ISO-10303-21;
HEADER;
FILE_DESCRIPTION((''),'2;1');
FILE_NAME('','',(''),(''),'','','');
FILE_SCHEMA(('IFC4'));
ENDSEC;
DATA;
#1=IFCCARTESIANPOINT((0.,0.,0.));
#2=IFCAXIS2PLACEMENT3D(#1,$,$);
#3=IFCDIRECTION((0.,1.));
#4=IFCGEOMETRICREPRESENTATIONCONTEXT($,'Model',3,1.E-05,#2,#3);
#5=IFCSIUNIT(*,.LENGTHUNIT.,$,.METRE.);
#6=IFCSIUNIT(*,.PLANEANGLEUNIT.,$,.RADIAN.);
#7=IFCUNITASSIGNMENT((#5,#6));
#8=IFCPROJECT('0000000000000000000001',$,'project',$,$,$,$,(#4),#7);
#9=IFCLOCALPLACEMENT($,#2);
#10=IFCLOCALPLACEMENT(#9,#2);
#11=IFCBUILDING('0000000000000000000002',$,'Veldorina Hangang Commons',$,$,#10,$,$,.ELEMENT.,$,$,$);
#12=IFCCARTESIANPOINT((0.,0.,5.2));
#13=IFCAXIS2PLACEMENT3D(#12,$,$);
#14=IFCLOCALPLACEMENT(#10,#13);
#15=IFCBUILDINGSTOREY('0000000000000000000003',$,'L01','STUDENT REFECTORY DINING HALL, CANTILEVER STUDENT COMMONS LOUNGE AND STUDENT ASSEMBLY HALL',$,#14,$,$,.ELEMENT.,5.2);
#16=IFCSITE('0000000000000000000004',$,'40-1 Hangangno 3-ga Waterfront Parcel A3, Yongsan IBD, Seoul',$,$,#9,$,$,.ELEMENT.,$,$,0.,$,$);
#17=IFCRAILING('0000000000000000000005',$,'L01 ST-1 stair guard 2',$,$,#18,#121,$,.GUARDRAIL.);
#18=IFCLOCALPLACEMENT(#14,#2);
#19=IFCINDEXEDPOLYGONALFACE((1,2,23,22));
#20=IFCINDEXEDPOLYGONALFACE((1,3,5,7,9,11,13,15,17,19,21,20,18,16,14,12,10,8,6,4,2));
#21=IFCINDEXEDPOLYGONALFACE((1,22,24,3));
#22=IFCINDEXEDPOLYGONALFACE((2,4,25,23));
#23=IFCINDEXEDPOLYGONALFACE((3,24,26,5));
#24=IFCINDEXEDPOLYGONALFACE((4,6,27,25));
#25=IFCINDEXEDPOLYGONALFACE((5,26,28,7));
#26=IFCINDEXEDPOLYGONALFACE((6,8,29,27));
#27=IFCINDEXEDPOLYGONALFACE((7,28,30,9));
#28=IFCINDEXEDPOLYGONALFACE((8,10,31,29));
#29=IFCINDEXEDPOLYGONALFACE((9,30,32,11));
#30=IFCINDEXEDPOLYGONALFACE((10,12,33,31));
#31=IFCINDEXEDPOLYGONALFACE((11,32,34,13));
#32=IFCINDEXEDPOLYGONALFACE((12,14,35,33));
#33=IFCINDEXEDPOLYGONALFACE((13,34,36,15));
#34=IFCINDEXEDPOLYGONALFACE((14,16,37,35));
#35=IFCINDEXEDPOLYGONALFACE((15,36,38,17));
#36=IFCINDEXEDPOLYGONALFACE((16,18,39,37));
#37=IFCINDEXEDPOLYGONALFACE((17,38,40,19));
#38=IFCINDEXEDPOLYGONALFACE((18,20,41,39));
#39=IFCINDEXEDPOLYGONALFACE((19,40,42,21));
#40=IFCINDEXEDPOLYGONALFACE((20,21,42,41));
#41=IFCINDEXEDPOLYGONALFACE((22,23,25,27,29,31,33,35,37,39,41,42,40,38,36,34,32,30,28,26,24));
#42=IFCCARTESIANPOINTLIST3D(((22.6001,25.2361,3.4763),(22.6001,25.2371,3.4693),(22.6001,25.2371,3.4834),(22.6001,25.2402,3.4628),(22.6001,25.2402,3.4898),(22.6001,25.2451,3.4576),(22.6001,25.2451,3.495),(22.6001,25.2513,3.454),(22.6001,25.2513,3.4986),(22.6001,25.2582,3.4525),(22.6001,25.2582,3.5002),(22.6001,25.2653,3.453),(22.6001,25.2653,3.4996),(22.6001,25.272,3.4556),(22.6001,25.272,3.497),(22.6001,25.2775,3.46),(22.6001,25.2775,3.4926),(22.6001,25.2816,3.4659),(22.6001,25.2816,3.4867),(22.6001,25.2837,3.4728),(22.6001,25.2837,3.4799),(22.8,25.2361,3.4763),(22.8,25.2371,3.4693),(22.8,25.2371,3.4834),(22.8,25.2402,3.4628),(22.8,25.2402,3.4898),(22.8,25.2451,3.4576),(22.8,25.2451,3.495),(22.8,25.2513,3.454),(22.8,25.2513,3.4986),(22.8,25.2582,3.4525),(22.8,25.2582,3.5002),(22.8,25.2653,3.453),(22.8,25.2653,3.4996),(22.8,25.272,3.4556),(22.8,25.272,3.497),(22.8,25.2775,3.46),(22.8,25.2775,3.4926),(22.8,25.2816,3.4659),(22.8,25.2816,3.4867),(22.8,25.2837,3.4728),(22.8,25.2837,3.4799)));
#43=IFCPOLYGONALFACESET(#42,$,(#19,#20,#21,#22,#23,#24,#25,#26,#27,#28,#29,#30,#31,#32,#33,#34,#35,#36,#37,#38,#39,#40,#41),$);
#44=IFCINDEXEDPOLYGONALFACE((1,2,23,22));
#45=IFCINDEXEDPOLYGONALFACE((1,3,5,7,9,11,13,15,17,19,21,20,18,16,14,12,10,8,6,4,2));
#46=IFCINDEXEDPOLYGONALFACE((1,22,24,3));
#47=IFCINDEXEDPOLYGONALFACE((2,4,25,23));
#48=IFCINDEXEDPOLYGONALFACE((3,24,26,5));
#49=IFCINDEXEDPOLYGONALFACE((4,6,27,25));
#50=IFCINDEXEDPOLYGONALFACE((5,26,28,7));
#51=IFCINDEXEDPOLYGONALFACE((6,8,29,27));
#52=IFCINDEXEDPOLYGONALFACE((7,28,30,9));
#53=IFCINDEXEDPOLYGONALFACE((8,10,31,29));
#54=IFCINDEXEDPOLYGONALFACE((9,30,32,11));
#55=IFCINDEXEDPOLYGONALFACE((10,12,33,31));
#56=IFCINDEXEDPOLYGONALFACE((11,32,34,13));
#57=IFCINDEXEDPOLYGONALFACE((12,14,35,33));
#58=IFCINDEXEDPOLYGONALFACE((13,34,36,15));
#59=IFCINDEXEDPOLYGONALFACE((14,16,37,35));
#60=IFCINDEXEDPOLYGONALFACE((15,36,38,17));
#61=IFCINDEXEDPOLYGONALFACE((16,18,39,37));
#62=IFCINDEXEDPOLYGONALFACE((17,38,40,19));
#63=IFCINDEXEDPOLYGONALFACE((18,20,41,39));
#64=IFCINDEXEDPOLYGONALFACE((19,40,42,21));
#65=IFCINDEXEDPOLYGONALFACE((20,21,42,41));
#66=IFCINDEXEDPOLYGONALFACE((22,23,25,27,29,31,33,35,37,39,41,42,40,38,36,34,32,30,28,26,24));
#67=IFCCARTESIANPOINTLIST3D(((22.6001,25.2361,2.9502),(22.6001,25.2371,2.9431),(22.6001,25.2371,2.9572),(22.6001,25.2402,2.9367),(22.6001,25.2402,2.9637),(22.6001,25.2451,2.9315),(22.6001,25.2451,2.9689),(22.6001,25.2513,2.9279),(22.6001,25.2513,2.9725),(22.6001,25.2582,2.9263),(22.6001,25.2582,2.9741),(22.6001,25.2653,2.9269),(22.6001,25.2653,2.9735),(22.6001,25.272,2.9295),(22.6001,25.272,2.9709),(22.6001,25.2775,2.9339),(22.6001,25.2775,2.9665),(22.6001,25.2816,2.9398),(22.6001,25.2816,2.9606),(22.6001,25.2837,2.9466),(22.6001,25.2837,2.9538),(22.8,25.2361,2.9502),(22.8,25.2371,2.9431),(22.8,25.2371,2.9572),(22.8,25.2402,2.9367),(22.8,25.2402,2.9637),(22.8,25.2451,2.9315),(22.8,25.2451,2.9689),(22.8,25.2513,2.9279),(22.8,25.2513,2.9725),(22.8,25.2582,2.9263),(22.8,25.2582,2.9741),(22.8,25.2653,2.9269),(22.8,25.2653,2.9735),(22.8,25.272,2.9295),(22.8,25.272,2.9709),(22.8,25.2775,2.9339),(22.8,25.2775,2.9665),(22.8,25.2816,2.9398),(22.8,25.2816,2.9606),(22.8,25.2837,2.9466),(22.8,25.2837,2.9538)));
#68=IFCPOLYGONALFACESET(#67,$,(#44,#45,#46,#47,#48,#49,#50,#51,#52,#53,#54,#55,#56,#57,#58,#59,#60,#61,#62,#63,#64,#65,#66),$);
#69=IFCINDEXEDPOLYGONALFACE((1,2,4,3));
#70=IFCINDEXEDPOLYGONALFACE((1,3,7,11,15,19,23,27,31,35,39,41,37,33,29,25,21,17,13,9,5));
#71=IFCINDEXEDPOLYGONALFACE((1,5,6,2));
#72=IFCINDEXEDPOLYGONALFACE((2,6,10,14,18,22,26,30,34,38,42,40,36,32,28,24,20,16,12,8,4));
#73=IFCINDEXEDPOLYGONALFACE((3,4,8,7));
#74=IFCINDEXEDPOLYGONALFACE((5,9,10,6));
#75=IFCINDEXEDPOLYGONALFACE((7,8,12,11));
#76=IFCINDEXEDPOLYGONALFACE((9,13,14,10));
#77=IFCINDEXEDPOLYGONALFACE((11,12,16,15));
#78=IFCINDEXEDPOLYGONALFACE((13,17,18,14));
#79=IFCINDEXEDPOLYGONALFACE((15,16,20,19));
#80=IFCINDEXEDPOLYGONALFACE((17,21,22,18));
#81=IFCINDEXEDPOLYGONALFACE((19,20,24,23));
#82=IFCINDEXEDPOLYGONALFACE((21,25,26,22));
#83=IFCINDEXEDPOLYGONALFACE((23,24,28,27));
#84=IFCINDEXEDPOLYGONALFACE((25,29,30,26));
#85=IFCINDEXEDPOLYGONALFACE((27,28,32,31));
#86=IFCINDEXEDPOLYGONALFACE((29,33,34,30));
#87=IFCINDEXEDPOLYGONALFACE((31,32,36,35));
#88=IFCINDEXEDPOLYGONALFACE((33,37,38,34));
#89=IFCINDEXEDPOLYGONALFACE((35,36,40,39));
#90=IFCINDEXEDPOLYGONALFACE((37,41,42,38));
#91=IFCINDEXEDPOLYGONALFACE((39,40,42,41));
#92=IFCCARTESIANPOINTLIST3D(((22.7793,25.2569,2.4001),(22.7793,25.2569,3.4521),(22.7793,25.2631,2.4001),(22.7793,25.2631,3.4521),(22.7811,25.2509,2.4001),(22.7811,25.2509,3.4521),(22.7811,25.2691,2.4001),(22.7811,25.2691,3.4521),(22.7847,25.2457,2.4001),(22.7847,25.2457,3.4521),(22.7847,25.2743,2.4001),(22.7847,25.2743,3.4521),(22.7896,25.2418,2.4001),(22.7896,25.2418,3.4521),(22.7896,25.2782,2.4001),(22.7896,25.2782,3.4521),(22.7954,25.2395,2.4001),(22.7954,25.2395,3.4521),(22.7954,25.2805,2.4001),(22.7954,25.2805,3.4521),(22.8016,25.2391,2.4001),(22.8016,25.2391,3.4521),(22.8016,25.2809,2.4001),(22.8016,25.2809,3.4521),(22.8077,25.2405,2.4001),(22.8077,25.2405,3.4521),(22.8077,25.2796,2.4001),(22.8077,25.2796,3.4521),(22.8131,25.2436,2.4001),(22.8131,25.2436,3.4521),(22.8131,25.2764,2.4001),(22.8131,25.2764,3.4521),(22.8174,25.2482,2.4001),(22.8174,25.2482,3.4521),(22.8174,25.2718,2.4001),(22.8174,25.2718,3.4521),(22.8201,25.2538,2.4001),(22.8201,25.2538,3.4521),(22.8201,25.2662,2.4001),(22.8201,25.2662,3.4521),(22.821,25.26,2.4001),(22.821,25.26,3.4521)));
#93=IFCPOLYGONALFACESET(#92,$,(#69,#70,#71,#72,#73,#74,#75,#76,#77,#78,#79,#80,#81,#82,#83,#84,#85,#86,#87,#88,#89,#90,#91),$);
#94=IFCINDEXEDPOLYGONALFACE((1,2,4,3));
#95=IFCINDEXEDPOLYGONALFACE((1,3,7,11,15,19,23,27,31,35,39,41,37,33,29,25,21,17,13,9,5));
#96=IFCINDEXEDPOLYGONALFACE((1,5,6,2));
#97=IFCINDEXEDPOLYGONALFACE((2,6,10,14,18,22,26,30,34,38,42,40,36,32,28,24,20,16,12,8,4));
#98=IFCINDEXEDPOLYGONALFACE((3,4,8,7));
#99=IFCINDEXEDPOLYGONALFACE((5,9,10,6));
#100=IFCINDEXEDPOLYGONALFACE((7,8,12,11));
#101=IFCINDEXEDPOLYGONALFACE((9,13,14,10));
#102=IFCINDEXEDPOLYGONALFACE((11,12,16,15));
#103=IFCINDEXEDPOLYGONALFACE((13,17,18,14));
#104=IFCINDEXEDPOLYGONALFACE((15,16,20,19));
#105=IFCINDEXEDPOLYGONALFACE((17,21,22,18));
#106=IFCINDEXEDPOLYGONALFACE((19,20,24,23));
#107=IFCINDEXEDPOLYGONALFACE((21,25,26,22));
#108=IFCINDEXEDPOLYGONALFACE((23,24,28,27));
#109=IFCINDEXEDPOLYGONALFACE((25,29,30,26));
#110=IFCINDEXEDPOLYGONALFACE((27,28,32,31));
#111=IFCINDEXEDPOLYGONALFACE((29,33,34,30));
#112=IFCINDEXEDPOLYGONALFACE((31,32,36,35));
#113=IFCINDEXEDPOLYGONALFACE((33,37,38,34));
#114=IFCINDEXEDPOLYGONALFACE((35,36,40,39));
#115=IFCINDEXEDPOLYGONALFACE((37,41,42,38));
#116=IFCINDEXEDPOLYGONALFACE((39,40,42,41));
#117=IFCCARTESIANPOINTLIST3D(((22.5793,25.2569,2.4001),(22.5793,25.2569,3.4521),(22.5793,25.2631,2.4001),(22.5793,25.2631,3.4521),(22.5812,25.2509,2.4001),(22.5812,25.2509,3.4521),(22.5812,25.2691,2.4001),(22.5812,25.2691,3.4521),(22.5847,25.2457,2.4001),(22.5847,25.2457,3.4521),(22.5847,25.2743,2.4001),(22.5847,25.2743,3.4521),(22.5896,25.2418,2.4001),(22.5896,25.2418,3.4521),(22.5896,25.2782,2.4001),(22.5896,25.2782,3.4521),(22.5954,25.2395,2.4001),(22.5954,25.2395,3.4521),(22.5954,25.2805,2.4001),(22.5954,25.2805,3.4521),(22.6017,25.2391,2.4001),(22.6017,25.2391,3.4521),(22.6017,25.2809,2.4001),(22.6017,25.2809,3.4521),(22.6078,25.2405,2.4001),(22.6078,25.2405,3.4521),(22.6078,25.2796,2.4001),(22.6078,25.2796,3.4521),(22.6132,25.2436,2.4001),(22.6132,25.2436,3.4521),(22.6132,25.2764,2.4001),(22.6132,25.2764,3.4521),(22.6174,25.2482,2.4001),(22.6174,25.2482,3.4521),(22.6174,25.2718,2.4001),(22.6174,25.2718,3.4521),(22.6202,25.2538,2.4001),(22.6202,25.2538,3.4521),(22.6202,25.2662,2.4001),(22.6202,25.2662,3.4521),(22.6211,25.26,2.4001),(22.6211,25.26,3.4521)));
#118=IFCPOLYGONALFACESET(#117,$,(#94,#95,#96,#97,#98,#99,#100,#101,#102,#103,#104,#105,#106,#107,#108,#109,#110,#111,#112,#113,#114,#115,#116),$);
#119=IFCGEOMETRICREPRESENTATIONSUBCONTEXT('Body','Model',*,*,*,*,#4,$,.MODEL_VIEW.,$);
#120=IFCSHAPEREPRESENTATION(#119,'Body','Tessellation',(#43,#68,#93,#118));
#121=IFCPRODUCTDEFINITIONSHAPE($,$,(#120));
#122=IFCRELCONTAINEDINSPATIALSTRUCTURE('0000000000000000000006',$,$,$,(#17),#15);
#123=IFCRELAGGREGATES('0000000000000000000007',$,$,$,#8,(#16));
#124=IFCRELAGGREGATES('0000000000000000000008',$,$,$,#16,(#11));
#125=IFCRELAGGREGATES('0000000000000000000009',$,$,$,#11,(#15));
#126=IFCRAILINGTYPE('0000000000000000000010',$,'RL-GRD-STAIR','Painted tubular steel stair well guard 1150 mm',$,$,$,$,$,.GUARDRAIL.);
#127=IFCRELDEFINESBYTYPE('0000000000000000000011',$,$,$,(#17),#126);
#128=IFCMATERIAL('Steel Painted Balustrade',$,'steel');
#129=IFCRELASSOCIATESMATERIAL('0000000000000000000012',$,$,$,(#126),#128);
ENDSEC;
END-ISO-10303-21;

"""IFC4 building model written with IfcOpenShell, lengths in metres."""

from ifc_helpers import new_model, si_unit, direction, frame, origin, origin_2d, place, context, subcontext, project, spatial, circle, extrude, material, type_object, element, save


model = new_model("IFC4")

# Units and contexts
model_context = context("Model", 3, precision=1e-05, world=origin(), true_north=direction((0.0, 1.0)))
body_context = subcontext(model_context, "Body", "Model", "MODEL_VIEW")
ifc_project = project(units=[si_unit("LENGTHUNIT", "METRE"), si_unit("PLANEANGLEUNIT", "RADIAN")], contexts=[model_context])

# Site, building, storey
site_placement = place(None, origin())
site = spatial("IfcSite", under=ifc_project, at=site_placement, Name="40-1 Hangangno 3-ga Waterfront Parcel A3, Yongsan IBD, Seoul", CompositionType="ELEMENT", RefElevation=0.0)
building_placement = place(site_placement, origin())
building = spatial("IfcBuilding", under=site, at=building_placement, Name="Veldorina Hangang Commons", CompositionType="ELEMENT")
storey_placement = place(building_placement, frame((0.0, 0.0, 5.2)))
storey = spatial("IfcBuildingStorey", under=building, at=storey_placement, Name="L01", Description="STUDENT REFECTORY DINING HALL, CANTILEVER STUDENT COMMONS LOUNGE AND STUDENT ASSEMBLY HALL", CompositionType="ELEMENT", Elevation=5.2)

# Railing
ifc_material_1 = material(Name="Steel Painted Balustrade", Category="steel")
railing_type_1 = type_object("IfcRailingType", Name="RL-GRD-STAIR", Description="Painted tubular steel stair well guard 1150 mm", PredefinedType="GUARDRAIL", material=ifc_material_1)
railing_1_placement = place(storey_placement, frame((22.8, 25.26, 2.4001)))
element("IfcRailing", 1, at=railing_1_placement, inside=storey, type_object=railing_type_1, Name="L01 ST-1 stair guard 2", PredefinedType="GUARDRAIL", context=body_context, shape_type="SweptSolid", body=[
    extrude(circle(Radius=0.0239, at=origin_2d()), frame((0.0, 0.0, 1.0762), z_axis=(-1.0, 0.0, 0.0), x_axis=(0.0, -1.0, 0.0)), (0.0, 0.0, 1.0), 0.2),
    extrude(circle(Radius=0.0239, at=origin_2d()), frame((0.0, 0.0, 0.55), z_axis=(-1.0, 0.0, 0.0), x_axis=(0.0, -1.0, 0.0)), (0.0, 0.0, 1.0), 0.2),
    extrude(circle(Radius=0.021, at=origin_2d()), origin(), (0.0, 0.0, 1.0), 1.052),
    extrude(circle(Radius=0.021, at=origin_2d()), frame((-0.2, 0.0, 0.0)), (0.0, 0.0, 1.0), 1.052),
])

save(model, "model.ifc")
